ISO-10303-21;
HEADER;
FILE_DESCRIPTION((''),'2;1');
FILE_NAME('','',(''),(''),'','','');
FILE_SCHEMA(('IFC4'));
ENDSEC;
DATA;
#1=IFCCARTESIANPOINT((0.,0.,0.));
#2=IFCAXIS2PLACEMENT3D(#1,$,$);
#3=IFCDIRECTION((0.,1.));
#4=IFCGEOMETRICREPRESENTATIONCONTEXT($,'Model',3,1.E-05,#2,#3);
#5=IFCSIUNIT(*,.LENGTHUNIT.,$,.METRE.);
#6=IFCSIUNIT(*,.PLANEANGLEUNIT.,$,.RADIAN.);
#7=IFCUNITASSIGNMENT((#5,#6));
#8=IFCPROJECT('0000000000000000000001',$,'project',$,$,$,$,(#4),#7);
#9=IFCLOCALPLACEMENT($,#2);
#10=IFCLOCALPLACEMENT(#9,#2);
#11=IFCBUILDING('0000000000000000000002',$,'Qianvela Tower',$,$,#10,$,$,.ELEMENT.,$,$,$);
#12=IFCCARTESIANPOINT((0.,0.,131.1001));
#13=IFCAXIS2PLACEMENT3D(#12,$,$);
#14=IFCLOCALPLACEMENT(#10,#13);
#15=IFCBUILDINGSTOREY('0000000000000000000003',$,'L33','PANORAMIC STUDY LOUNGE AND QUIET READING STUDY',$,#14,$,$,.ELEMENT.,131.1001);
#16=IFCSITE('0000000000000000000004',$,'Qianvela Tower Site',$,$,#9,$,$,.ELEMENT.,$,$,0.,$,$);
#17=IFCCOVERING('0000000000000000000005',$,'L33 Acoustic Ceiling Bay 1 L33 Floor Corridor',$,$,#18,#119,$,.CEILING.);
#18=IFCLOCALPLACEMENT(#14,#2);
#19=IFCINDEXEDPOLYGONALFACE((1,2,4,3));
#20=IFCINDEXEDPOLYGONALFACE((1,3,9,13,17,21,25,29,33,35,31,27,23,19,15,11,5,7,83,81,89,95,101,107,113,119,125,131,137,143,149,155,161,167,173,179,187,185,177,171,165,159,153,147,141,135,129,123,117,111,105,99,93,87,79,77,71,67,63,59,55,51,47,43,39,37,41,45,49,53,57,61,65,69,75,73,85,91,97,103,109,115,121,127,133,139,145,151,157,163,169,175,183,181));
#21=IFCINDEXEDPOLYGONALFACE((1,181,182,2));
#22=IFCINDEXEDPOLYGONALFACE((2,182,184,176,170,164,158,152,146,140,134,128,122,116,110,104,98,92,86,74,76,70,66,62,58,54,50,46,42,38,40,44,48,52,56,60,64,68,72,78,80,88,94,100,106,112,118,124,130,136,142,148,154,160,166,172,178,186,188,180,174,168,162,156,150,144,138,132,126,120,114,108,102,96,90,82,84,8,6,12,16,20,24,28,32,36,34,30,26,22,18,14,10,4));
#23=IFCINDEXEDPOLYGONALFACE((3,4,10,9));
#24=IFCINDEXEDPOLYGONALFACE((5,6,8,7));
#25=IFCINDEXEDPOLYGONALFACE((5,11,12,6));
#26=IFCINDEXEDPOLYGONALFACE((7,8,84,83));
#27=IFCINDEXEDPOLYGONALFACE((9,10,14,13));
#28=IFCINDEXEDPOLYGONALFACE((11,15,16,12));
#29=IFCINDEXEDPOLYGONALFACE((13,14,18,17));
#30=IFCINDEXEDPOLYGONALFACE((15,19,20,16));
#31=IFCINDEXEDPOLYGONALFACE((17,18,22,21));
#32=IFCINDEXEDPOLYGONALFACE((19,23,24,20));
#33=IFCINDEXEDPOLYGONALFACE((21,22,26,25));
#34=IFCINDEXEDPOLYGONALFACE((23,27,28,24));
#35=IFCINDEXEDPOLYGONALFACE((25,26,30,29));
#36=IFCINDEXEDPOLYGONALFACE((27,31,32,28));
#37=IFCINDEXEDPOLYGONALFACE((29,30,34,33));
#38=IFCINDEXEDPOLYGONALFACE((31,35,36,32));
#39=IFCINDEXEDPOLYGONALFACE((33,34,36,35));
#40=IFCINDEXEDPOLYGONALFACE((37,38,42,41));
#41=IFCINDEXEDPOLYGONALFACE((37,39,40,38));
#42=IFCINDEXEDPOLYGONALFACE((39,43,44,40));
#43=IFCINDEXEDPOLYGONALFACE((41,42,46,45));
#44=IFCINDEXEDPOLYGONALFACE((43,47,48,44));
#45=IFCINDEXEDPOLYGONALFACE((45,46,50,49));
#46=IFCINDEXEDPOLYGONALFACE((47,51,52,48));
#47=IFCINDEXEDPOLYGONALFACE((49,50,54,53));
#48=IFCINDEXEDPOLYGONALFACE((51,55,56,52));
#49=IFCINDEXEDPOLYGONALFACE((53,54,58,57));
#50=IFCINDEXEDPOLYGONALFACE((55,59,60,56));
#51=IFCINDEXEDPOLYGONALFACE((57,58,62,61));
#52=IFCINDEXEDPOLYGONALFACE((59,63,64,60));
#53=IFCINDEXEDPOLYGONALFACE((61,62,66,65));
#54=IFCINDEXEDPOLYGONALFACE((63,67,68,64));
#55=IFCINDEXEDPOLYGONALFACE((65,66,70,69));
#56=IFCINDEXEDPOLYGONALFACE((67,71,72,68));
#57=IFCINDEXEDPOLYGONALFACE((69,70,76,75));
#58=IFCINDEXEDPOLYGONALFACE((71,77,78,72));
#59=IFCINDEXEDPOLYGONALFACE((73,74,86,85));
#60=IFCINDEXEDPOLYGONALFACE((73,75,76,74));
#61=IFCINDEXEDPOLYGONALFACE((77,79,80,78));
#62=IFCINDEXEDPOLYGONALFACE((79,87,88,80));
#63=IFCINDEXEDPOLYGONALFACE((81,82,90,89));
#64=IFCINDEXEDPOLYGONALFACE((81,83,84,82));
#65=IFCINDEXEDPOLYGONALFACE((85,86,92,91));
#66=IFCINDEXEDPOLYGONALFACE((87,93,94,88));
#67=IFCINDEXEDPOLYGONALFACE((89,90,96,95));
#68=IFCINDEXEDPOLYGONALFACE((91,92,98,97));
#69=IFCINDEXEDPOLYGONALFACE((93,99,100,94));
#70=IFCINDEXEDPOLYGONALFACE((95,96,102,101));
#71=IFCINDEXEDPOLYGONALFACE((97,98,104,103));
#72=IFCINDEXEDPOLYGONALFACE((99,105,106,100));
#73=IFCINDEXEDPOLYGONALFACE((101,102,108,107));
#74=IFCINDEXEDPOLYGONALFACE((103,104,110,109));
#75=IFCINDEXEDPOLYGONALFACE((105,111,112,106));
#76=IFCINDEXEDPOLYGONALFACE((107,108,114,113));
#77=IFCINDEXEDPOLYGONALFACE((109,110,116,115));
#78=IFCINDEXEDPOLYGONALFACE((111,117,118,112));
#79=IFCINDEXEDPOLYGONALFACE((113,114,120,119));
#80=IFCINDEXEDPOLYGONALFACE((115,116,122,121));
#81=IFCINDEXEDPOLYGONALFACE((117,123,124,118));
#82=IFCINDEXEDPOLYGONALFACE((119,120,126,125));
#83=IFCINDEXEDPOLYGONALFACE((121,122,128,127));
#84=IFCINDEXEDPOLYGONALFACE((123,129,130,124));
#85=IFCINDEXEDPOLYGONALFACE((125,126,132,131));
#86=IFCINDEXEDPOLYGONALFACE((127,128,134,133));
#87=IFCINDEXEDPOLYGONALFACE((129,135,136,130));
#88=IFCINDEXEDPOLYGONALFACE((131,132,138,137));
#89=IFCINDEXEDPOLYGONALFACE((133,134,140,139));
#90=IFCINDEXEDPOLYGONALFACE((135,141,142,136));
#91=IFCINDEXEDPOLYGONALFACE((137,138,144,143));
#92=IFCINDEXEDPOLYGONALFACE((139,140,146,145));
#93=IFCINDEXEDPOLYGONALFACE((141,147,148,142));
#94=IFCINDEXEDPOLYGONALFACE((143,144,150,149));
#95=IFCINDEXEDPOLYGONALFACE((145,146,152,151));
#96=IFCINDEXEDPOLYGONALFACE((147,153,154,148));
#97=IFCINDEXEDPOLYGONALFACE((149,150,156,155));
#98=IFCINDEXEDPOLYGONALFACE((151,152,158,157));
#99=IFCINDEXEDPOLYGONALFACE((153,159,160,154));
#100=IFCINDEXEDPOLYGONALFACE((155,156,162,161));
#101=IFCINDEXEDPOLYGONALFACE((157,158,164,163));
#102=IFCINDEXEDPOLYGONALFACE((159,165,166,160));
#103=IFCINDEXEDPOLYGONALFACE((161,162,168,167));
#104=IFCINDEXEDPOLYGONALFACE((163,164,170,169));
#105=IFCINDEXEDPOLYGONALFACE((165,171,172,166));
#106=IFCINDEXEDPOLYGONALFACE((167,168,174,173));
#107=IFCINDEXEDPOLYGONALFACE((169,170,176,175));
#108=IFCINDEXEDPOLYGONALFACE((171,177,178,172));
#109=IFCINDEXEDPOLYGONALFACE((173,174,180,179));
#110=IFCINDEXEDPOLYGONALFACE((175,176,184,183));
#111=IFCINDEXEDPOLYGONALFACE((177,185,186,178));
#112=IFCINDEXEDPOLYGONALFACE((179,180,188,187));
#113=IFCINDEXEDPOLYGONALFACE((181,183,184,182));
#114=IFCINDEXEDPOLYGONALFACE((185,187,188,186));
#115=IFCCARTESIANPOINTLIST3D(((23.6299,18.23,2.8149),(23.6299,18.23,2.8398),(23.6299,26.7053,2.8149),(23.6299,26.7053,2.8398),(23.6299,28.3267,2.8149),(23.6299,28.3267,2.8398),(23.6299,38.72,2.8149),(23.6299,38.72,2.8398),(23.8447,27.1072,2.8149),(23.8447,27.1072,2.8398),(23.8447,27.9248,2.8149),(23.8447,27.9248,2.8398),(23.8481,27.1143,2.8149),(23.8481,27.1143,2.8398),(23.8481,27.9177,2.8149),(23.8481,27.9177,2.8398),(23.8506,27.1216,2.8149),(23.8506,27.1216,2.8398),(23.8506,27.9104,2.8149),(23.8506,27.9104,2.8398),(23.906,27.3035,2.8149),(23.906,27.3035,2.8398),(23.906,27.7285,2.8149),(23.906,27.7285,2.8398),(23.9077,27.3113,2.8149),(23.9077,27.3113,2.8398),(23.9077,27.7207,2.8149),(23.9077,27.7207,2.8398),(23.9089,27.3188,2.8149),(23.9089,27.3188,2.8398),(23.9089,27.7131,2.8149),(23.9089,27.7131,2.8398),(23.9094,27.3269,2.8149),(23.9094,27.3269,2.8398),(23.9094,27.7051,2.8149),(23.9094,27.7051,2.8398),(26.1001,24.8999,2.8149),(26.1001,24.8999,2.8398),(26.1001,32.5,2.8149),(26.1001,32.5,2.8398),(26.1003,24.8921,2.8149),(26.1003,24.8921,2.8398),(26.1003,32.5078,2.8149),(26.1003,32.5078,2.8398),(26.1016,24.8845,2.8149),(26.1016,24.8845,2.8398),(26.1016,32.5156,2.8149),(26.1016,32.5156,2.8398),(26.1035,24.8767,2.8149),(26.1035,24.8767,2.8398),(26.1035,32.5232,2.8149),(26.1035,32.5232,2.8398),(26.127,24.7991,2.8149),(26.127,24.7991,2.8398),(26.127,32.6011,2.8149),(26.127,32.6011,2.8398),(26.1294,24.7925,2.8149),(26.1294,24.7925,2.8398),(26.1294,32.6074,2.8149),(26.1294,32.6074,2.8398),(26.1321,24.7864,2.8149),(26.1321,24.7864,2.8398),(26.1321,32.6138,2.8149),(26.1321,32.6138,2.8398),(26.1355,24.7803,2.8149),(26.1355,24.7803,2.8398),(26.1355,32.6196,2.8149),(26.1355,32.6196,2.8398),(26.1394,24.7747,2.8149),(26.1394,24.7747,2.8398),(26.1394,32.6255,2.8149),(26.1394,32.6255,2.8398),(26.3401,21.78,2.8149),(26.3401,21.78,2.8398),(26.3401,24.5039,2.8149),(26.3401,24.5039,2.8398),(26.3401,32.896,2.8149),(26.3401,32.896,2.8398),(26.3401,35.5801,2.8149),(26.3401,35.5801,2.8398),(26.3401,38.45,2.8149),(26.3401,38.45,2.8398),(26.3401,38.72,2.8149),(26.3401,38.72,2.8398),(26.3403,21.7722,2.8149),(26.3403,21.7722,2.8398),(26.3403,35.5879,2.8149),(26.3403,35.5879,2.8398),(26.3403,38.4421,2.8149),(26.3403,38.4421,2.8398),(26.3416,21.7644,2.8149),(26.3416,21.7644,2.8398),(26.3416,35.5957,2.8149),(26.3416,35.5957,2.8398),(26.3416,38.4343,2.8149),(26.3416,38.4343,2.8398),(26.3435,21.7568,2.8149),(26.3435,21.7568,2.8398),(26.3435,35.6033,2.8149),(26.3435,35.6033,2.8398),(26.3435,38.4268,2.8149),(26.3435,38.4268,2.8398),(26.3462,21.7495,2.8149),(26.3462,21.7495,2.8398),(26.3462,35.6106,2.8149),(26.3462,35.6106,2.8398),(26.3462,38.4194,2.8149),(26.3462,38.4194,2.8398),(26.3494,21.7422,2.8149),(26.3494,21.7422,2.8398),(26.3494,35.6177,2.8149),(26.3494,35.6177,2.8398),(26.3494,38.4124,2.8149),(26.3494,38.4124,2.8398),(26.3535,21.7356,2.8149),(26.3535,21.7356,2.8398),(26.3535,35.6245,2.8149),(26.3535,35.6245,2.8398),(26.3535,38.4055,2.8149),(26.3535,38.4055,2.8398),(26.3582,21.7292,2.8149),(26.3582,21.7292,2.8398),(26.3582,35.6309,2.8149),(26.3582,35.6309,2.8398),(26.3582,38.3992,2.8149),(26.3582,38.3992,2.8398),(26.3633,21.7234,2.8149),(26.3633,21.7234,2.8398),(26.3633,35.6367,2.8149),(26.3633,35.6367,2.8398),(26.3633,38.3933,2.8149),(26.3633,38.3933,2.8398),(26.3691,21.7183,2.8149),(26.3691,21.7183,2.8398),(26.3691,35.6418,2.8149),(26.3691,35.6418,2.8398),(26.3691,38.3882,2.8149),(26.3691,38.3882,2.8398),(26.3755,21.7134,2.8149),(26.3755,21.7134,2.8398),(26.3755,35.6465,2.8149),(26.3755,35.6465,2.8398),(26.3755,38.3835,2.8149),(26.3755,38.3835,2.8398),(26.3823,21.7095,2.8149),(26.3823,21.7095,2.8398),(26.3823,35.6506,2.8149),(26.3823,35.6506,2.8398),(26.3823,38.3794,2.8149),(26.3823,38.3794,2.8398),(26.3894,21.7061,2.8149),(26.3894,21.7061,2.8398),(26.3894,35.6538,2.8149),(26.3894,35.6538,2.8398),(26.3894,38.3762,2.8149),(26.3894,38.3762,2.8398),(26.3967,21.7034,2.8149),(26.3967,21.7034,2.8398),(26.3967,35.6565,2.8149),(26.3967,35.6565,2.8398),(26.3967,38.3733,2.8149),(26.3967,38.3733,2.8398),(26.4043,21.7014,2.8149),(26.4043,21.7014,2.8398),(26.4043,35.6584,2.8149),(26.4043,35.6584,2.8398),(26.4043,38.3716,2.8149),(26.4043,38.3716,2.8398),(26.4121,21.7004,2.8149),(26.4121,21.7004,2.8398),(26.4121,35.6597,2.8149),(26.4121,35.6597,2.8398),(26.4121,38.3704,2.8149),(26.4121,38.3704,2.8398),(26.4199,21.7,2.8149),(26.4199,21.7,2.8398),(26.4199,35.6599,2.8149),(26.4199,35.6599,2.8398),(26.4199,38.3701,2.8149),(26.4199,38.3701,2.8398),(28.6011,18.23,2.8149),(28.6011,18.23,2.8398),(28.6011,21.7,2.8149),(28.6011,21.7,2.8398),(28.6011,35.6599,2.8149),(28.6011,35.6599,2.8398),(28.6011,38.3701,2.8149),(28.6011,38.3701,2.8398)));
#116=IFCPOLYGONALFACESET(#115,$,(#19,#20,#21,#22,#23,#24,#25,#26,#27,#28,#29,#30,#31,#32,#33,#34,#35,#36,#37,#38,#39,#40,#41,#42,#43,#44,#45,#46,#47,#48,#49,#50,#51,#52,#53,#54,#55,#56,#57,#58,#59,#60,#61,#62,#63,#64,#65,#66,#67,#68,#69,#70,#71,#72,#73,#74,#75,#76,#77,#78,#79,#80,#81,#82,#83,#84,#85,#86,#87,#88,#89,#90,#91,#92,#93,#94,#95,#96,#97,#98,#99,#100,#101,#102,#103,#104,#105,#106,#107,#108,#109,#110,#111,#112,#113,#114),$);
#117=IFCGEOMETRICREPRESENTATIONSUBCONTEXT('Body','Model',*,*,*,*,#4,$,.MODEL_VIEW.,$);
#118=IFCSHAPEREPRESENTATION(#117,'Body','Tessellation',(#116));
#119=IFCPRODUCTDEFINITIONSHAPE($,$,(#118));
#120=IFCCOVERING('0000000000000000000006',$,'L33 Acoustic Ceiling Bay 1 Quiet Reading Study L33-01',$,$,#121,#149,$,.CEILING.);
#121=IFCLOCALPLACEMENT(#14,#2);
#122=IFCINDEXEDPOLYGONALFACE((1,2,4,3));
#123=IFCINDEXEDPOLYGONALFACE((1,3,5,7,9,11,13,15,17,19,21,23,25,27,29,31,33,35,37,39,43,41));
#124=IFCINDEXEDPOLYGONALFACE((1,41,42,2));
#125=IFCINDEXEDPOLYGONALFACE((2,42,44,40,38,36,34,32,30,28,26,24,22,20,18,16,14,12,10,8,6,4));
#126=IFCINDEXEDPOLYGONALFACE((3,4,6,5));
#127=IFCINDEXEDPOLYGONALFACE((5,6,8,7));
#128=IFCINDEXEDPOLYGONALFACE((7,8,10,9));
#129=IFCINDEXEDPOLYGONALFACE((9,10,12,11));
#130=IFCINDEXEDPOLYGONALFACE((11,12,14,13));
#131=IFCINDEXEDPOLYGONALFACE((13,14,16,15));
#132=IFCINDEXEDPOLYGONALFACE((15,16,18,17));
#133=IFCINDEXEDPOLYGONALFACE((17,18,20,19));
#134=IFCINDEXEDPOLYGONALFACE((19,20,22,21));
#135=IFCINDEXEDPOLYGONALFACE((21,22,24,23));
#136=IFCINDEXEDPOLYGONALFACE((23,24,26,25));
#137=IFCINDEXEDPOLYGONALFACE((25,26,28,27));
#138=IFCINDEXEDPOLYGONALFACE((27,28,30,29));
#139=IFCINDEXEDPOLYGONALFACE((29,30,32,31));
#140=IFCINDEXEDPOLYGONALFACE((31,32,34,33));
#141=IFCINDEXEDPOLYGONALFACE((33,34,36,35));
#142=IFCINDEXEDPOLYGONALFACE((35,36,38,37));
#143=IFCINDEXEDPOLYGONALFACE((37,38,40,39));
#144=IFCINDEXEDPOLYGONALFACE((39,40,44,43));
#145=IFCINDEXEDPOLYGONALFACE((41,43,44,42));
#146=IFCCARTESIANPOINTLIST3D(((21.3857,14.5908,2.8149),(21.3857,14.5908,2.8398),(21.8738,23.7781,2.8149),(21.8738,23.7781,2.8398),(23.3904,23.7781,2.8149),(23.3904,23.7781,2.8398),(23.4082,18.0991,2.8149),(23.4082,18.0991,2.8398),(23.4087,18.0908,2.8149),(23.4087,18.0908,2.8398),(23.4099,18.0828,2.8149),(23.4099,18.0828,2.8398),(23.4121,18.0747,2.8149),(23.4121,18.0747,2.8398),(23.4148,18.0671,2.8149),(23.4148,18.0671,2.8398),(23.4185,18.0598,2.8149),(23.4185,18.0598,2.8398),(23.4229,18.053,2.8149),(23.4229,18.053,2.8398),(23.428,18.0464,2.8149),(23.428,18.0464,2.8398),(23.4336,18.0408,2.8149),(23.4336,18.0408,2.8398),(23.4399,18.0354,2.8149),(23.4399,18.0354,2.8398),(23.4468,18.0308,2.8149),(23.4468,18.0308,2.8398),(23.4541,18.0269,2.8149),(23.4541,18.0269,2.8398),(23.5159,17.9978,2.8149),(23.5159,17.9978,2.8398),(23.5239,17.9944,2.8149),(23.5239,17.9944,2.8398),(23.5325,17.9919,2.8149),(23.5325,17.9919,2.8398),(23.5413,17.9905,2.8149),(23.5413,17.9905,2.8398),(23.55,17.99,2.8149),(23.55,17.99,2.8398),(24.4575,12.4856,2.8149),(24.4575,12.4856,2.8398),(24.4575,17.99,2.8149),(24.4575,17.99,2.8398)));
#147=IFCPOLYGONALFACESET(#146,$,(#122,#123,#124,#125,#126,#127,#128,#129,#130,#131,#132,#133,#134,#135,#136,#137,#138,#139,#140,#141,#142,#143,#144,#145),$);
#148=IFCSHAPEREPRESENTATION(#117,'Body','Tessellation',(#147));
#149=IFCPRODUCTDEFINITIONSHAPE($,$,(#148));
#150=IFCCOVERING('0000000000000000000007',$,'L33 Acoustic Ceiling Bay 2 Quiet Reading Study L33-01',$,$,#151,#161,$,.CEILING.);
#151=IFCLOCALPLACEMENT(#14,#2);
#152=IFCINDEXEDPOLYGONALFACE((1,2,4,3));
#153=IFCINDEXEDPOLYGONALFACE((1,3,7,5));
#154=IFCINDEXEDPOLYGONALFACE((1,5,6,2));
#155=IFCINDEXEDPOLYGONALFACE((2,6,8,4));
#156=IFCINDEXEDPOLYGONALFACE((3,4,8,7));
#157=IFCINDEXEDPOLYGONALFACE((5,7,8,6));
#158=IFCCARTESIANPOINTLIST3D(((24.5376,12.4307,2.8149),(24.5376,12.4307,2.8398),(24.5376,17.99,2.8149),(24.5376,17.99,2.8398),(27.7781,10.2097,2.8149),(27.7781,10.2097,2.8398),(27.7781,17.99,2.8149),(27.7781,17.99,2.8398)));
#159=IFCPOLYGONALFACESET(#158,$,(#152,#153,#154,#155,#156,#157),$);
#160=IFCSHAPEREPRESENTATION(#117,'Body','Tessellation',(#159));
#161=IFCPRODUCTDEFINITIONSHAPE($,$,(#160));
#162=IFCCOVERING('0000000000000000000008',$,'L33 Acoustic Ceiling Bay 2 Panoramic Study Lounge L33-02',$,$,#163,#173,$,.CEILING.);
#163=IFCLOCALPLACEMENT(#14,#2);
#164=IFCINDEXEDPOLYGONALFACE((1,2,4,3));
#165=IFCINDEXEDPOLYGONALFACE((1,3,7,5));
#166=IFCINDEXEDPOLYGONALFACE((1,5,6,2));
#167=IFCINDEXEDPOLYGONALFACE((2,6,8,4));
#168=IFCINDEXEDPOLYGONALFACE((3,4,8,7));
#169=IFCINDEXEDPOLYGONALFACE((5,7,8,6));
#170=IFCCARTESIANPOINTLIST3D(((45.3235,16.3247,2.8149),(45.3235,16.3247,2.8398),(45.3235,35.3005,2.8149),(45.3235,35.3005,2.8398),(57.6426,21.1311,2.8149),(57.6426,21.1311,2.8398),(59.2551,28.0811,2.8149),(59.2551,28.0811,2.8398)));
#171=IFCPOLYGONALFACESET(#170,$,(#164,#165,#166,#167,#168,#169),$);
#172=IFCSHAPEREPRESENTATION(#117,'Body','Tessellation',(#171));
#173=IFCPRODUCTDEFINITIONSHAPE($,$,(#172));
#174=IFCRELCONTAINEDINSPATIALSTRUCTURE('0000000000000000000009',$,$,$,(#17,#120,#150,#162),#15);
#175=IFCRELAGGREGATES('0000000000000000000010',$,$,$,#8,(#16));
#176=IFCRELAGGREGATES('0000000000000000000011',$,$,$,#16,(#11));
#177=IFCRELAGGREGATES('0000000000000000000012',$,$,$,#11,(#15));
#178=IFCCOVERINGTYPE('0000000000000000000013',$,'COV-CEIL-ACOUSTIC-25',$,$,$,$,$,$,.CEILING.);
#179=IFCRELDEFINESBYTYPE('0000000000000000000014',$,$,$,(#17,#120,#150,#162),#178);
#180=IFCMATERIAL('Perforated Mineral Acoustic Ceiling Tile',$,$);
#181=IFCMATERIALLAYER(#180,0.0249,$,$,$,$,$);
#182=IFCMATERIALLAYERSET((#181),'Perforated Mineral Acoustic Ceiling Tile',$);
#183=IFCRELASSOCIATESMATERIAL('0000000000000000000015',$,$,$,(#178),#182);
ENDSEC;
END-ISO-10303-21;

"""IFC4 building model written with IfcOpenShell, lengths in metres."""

from ifc_helpers import new_model, si_unit, direction, frame, origin, place, context, subcontext, project, spatial, polyline, outline, extrude, material, layer, layer_set, type_object, element, save


model = new_model("IFC4")

# Units and contexts
model_context = context("Model", 3, precision=1e-05, world=origin(), true_north=direction((0.0, 1.0)))
body_context = subcontext(model_context, "Body", "Model", "MODEL_VIEW")
ifc_project = project(units=[si_unit("LENGTHUNIT", "METRE"), si_unit("PLANEANGLEUNIT", "RADIAN")], contexts=[model_context])

# Site, building, storey
site_placement = place(None, origin())
site = spatial("IfcSite", under=ifc_project, at=site_placement, Name="Qianvela Tower Site", CompositionType="ELEMENT", RefElevation=0.0)
building_placement = place(site_placement, origin())
building = spatial("IfcBuilding", under=site, at=building_placement, Name="Qianvela Tower", CompositionType="ELEMENT")
storey_placement = place(building_placement, frame((0.0, 0.0, 131.1001)))
storey = spatial("IfcBuildingStorey", under=building, at=storey_placement, Name="L33", Description="PANORAMIC STUDY LOUNGE AND QUIET READING STUDY", CompositionType="ELEMENT", Elevation=131.1001)

# Coverings
ifc_material_1 = material(Name="Perforated Mineral Acoustic Ceiling Tile")
ifc_layer_1 = layer(ifc_material_1, 0.0249)
ifc_layer_set_1 = layer_set([ifc_layer_1], Name="Perforated Mineral Acoustic Ceiling Tile")
covering_type_1 = type_object("IfcCoveringType", Name="COV-CEIL-ACOUSTIC-25", PredefinedType="CEILING", material=ifc_layer_set_1)
covering_1_placement = place(storey_placement, frame((0.0, 0.0, 2.8149)))
element("IfcCovering", 1, at=covering_1_placement, inside=storey, type_object=covering_type_1, Name="L33 Acoustic Ceiling Bay 1 L33 Floor Corridor", PredefinedType="CEILING", context=body_context, shape_type="SweptSolid", body=[
    extrude(outline(polyline([(23.8481, 27.9177), (23.8447, 27.9248), (23.6299, 28.3267), (23.6299, 38.72), (26.3401, 38.72), (26.3401, 38.45), (26.3403, 38.4421), (26.3416, 38.4343), (26.3435, 38.4268), (26.3462, 38.4194), (26.3494, 38.4124), (26.3535, 38.4055), (26.3582, 38.3992), (26.3633, 38.3933), (26.3691, 38.3882), (26.3755, 38.3835), (26.3823, 38.3794), (26.3894, 38.3762), (26.3967, 38.3733), (26.4043, 38.3716), (26.4121, 38.3704), (26.4199, 38.3701), (28.6011, 38.3701), (28.6011, 35.6599), (26.4199, 35.6599), (26.4121, 35.6597), (26.4043, 35.6584), (26.3967, 35.6565), (26.3894, 35.6538), (26.3823, 35.6506), (26.3755, 35.6465), (26.3691, 35.6418), (26.3633, 35.6367), (26.3582, 35.6309), (26.3535, 35.6245), (26.3494, 35.6177), (26.3462, 35.6106), (26.3435, 35.6033), (26.3416, 35.5957), (26.3403, 35.5879), (26.3401, 35.5801), (26.3401, 32.896), (26.1394, 32.6255), (26.1355, 32.6196), (26.1321, 32.6138), (26.1294, 32.6074), (26.127, 32.6011), (26.1035, 32.5232), (26.1016, 32.5156), (26.1003, 32.5078), (26.1001, 32.5), (26.1001, 24.8999), (26.1003, 24.8921), (26.1016, 24.8845), (26.1035, 24.8767), (26.127, 24.7991), (26.1294, 24.7925), (26.1321, 24.7864), (26.1355, 24.7803), (26.1394, 24.7747), (26.3401, 24.5039), (26.3401, 21.78), (26.3403, 21.7722), (26.3416, 21.7644), (26.3435, 21.7568), (26.3462, 21.7495), (26.3494, 21.7422), (26.3535, 21.7356), (26.3582, 21.7292), (26.3633, 21.7234), (26.3691, 21.7183), (26.3755, 21.7134), (26.3823, 21.7095), (26.3894, 21.7061), (26.3967, 21.7034), (26.4043, 21.7014), (26.4121, 21.7004), (26.4199, 21.7), (28.6011, 21.7), (28.6011, 18.23), (23.6299, 18.23), (23.6299, 26.7053), (23.8447, 27.1072), (23.8481, 27.1143), (23.8506, 27.1216), (23.906, 27.3035), (23.9077, 27.3113), (23.9089, 27.3188), (23.9094, 27.3269), (23.9094, 27.7051), (23.9089, 27.7131), (23.9077, 27.7207), (23.906, 27.7285), (23.8506, 27.9104), (23.8481, 27.9177)])), origin(), (0.0, 0.0, 1.0), 0.0249),
])
covering_2_placement = place(storey_placement, frame((0.0, 0.0, 2.8149)))
element("IfcCovering", 2, at=covering_2_placement, inside=storey, type_object=covering_type_1, Name="L33 Acoustic Ceiling Bay 1 Quiet Reading Study L33-01", PredefinedType="CEILING", context=body_context, shape_type="SweptSolid", body=[
    extrude(outline(polyline([(23.3904, 23.7781), (23.4082, 18.0991), (23.4087, 18.0908), (23.4099, 18.0828), (23.4121, 18.0747), (23.4148, 18.0671), (23.4185, 18.0598), (23.4229, 18.053), (23.428, 18.0464), (23.4336, 18.0408), (23.4399, 18.0354), (23.4468, 18.0308), (23.4541, 18.0269), (23.5159, 17.9978), (23.5239, 17.9944), (23.5325, 17.9919), (23.5413, 17.9905), (23.55, 17.99), (24.4575, 17.99), (24.4575, 12.4856), (21.3857, 14.5908), (21.8738, 23.7781), (23.3904, 23.7781)])), origin(), (0.0, 0.0, 1.0), 0.0249),
])
covering_3_placement = place(storey_placement, frame((0.0, 0.0, 2.8149)))
element("IfcCovering", 3, at=covering_3_placement, inside=storey, type_object=covering_type_1, Name="L33 Acoustic Ceiling Bay 2 Quiet Reading Study L33-01", PredefinedType="CEILING", context=body_context, shape_type="SweptSolid", body=[
    extrude(outline(polyline([(27.7781, 17.99), (27.7781, 10.2097), (24.5376, 12.4307), (24.5376, 17.99), (27.7781, 17.99)])), origin(), (0.0, 0.0, 1.0), 0.0249),
])
covering_4_placement = place(storey_placement, frame((0.0, 0.0, 2.8149)))
element("IfcCovering", 4, at=covering_4_placement, inside=storey, type_object=covering_type_1, Name="L33 Acoustic Ceiling Bay 2 Panoramic Study Lounge L33-02", PredefinedType="CEILING", context=body_context, shape_type="SweptSolid", body=[
    extrude(outline(polyline([(59.2551, 28.0811), (57.6426, 21.1311), (45.3235, 16.3247), (45.3235, 35.3005), (59.2551, 28.0811)])), origin(), (0.0, 0.0, 1.0), 0.0249),
])

save(model, "model.ifc")
